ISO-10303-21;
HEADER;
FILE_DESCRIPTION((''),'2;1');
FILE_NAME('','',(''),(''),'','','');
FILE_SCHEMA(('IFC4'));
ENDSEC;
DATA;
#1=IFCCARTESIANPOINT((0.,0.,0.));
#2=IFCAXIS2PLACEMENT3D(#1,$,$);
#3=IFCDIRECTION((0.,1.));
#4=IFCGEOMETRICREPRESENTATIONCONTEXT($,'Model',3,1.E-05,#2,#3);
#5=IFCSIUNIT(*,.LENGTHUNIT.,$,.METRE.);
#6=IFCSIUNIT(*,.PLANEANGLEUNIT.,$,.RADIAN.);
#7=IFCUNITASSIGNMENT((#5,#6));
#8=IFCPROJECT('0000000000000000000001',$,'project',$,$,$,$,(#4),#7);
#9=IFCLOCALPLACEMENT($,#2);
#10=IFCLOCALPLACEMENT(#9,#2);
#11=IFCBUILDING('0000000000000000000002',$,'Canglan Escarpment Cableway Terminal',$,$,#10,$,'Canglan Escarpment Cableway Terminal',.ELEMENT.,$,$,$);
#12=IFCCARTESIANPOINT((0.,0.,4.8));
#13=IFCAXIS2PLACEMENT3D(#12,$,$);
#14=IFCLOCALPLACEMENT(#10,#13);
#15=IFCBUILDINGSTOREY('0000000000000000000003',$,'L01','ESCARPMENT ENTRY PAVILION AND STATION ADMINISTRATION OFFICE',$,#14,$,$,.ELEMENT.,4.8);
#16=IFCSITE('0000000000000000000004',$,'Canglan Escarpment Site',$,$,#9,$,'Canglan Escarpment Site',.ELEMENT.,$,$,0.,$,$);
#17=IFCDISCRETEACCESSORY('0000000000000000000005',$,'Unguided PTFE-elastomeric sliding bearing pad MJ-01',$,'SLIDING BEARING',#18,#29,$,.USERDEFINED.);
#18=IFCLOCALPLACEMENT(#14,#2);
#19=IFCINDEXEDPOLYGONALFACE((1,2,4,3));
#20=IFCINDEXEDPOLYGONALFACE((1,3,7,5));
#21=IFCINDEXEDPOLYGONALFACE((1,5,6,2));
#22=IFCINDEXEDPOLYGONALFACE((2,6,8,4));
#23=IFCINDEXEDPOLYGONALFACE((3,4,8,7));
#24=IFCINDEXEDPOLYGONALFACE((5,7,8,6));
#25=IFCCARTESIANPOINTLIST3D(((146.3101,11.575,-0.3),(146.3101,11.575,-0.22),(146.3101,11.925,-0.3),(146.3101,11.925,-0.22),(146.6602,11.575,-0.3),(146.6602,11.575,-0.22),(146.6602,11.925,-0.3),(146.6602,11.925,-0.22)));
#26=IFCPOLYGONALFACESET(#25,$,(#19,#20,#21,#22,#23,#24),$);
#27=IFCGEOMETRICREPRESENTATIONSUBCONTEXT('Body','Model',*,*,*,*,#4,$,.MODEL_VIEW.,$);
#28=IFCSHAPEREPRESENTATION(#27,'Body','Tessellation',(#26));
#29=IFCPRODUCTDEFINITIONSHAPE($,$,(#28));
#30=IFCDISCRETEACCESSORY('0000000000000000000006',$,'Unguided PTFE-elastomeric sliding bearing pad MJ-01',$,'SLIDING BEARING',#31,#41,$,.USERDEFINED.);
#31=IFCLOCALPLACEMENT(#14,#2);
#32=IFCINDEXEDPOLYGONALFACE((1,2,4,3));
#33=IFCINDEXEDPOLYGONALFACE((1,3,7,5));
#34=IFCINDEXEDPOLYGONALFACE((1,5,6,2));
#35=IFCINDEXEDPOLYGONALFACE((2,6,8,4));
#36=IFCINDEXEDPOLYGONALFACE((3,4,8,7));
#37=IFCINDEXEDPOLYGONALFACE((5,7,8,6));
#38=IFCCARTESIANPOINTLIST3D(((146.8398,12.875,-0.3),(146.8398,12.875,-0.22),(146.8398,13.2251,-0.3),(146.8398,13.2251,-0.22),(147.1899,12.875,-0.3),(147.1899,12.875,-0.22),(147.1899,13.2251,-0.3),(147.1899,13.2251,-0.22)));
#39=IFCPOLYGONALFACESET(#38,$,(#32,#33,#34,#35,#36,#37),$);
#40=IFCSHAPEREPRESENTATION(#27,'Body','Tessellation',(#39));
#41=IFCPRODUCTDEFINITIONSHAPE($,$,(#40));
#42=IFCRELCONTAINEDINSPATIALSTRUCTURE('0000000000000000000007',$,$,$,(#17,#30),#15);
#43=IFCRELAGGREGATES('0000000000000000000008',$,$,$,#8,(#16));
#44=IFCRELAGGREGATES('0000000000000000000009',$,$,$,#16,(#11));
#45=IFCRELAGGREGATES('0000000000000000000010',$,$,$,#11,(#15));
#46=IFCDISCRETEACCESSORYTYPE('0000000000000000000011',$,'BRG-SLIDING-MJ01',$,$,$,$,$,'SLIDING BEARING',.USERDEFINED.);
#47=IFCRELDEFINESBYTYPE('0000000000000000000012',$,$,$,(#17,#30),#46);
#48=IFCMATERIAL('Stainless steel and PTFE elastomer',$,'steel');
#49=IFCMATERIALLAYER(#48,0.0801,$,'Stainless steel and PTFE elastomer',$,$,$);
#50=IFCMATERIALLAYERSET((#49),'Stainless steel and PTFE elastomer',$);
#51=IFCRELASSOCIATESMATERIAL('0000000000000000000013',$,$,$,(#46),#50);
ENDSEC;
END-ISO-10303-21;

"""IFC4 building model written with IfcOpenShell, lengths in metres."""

from ifc_helpers import new_model, si_unit, direction, frame, origin, origin_2d, place, context, subcontext, project, spatial, rectangle, extrude, material, layer, layer_set, type_object, element, save


model = new_model("IFC4")

# Units and contexts
model_context = context("Model", 3, precision=1e-05, world=origin(), true_north=direction((0.0, 1.0)))
body_context = subcontext(model_context, "Body", "Model", "MODEL_VIEW")
ifc_project = project(units=[si_unit("LENGTHUNIT", "METRE"), si_unit("PLANEANGLEUNIT", "RADIAN")], contexts=[model_context])

# Site, building, storey
site_placement = place(None, origin())
site = spatial("IfcSite", under=ifc_project, at=site_placement, Name="Canglan Escarpment Site", LongName="Canglan Escarpment Site", CompositionType="ELEMENT", RefElevation=0.0)
building_placement = place(site_placement, origin())
building = spatial("IfcBuilding", under=site, at=building_placement, Name="Canglan Escarpment Cableway Terminal", LongName="Canglan Escarpment Cableway Terminal", CompositionType="ELEMENT")
storey_placement = place(building_placement, frame((0.0, 0.0, 4.8)))
storey = spatial("IfcBuildingStorey", under=building, at=storey_placement, Name="L01", Description="ESCARPMENT ENTRY PAVILION AND STATION ADMINISTRATION OFFICE", CompositionType="ELEMENT", Elevation=4.8)

# Discrete accessories
ifc_material_1 = material(Name="Stainless steel and PTFE elastomer", Category="steel")
ifc_layer_1 = layer(ifc_material_1, 0.0801, Name="Stainless steel and PTFE elastomer")
ifc_layer_set_1 = layer_set([ifc_layer_1], Name="Stainless steel and PTFE elastomer")
discrete_accessory_type_1 = type_object("IfcDiscreteAccessoryType", Name="BRG-SLIDING-MJ01", ElementType="SLIDING BEARING", PredefinedType="USERDEFINED", material=ifc_layer_set_1)
for number, where, z_axis, x_axis, name in (
    (1, (146.4851, 11.75, -0.3), (0.0, 0.0, 1.0), (1.0, 0.0, 0.0), "Unguided PTFE-elastomeric sliding bearing pad MJ-01"),
    (2, (147.0149, 13.05, -0.3), (0.0, 0.0, 1.0), (1.0, 0.0, 0.0), "Unguided PTFE-elastomeric sliding bearing pad MJ-01"),
):
    element("IfcDiscreteAccessory", number, at=place(storey_placement, frame(where, z_axis=z_axis, x_axis=x_axis)), inside=storey, type_object=discrete_accessory_type_1, Name=name, ObjectType="SLIDING BEARING", PredefinedType="USERDEFINED", context=body_context, shape_type="SweptSolid", body=[
        extrude(rectangle(XDim=0.3501, YDim=0.3501, at=origin_2d()), origin(), (0.0, 0.0, 1.0), 0.0801),
    ])

save(model, "model.ifc")
